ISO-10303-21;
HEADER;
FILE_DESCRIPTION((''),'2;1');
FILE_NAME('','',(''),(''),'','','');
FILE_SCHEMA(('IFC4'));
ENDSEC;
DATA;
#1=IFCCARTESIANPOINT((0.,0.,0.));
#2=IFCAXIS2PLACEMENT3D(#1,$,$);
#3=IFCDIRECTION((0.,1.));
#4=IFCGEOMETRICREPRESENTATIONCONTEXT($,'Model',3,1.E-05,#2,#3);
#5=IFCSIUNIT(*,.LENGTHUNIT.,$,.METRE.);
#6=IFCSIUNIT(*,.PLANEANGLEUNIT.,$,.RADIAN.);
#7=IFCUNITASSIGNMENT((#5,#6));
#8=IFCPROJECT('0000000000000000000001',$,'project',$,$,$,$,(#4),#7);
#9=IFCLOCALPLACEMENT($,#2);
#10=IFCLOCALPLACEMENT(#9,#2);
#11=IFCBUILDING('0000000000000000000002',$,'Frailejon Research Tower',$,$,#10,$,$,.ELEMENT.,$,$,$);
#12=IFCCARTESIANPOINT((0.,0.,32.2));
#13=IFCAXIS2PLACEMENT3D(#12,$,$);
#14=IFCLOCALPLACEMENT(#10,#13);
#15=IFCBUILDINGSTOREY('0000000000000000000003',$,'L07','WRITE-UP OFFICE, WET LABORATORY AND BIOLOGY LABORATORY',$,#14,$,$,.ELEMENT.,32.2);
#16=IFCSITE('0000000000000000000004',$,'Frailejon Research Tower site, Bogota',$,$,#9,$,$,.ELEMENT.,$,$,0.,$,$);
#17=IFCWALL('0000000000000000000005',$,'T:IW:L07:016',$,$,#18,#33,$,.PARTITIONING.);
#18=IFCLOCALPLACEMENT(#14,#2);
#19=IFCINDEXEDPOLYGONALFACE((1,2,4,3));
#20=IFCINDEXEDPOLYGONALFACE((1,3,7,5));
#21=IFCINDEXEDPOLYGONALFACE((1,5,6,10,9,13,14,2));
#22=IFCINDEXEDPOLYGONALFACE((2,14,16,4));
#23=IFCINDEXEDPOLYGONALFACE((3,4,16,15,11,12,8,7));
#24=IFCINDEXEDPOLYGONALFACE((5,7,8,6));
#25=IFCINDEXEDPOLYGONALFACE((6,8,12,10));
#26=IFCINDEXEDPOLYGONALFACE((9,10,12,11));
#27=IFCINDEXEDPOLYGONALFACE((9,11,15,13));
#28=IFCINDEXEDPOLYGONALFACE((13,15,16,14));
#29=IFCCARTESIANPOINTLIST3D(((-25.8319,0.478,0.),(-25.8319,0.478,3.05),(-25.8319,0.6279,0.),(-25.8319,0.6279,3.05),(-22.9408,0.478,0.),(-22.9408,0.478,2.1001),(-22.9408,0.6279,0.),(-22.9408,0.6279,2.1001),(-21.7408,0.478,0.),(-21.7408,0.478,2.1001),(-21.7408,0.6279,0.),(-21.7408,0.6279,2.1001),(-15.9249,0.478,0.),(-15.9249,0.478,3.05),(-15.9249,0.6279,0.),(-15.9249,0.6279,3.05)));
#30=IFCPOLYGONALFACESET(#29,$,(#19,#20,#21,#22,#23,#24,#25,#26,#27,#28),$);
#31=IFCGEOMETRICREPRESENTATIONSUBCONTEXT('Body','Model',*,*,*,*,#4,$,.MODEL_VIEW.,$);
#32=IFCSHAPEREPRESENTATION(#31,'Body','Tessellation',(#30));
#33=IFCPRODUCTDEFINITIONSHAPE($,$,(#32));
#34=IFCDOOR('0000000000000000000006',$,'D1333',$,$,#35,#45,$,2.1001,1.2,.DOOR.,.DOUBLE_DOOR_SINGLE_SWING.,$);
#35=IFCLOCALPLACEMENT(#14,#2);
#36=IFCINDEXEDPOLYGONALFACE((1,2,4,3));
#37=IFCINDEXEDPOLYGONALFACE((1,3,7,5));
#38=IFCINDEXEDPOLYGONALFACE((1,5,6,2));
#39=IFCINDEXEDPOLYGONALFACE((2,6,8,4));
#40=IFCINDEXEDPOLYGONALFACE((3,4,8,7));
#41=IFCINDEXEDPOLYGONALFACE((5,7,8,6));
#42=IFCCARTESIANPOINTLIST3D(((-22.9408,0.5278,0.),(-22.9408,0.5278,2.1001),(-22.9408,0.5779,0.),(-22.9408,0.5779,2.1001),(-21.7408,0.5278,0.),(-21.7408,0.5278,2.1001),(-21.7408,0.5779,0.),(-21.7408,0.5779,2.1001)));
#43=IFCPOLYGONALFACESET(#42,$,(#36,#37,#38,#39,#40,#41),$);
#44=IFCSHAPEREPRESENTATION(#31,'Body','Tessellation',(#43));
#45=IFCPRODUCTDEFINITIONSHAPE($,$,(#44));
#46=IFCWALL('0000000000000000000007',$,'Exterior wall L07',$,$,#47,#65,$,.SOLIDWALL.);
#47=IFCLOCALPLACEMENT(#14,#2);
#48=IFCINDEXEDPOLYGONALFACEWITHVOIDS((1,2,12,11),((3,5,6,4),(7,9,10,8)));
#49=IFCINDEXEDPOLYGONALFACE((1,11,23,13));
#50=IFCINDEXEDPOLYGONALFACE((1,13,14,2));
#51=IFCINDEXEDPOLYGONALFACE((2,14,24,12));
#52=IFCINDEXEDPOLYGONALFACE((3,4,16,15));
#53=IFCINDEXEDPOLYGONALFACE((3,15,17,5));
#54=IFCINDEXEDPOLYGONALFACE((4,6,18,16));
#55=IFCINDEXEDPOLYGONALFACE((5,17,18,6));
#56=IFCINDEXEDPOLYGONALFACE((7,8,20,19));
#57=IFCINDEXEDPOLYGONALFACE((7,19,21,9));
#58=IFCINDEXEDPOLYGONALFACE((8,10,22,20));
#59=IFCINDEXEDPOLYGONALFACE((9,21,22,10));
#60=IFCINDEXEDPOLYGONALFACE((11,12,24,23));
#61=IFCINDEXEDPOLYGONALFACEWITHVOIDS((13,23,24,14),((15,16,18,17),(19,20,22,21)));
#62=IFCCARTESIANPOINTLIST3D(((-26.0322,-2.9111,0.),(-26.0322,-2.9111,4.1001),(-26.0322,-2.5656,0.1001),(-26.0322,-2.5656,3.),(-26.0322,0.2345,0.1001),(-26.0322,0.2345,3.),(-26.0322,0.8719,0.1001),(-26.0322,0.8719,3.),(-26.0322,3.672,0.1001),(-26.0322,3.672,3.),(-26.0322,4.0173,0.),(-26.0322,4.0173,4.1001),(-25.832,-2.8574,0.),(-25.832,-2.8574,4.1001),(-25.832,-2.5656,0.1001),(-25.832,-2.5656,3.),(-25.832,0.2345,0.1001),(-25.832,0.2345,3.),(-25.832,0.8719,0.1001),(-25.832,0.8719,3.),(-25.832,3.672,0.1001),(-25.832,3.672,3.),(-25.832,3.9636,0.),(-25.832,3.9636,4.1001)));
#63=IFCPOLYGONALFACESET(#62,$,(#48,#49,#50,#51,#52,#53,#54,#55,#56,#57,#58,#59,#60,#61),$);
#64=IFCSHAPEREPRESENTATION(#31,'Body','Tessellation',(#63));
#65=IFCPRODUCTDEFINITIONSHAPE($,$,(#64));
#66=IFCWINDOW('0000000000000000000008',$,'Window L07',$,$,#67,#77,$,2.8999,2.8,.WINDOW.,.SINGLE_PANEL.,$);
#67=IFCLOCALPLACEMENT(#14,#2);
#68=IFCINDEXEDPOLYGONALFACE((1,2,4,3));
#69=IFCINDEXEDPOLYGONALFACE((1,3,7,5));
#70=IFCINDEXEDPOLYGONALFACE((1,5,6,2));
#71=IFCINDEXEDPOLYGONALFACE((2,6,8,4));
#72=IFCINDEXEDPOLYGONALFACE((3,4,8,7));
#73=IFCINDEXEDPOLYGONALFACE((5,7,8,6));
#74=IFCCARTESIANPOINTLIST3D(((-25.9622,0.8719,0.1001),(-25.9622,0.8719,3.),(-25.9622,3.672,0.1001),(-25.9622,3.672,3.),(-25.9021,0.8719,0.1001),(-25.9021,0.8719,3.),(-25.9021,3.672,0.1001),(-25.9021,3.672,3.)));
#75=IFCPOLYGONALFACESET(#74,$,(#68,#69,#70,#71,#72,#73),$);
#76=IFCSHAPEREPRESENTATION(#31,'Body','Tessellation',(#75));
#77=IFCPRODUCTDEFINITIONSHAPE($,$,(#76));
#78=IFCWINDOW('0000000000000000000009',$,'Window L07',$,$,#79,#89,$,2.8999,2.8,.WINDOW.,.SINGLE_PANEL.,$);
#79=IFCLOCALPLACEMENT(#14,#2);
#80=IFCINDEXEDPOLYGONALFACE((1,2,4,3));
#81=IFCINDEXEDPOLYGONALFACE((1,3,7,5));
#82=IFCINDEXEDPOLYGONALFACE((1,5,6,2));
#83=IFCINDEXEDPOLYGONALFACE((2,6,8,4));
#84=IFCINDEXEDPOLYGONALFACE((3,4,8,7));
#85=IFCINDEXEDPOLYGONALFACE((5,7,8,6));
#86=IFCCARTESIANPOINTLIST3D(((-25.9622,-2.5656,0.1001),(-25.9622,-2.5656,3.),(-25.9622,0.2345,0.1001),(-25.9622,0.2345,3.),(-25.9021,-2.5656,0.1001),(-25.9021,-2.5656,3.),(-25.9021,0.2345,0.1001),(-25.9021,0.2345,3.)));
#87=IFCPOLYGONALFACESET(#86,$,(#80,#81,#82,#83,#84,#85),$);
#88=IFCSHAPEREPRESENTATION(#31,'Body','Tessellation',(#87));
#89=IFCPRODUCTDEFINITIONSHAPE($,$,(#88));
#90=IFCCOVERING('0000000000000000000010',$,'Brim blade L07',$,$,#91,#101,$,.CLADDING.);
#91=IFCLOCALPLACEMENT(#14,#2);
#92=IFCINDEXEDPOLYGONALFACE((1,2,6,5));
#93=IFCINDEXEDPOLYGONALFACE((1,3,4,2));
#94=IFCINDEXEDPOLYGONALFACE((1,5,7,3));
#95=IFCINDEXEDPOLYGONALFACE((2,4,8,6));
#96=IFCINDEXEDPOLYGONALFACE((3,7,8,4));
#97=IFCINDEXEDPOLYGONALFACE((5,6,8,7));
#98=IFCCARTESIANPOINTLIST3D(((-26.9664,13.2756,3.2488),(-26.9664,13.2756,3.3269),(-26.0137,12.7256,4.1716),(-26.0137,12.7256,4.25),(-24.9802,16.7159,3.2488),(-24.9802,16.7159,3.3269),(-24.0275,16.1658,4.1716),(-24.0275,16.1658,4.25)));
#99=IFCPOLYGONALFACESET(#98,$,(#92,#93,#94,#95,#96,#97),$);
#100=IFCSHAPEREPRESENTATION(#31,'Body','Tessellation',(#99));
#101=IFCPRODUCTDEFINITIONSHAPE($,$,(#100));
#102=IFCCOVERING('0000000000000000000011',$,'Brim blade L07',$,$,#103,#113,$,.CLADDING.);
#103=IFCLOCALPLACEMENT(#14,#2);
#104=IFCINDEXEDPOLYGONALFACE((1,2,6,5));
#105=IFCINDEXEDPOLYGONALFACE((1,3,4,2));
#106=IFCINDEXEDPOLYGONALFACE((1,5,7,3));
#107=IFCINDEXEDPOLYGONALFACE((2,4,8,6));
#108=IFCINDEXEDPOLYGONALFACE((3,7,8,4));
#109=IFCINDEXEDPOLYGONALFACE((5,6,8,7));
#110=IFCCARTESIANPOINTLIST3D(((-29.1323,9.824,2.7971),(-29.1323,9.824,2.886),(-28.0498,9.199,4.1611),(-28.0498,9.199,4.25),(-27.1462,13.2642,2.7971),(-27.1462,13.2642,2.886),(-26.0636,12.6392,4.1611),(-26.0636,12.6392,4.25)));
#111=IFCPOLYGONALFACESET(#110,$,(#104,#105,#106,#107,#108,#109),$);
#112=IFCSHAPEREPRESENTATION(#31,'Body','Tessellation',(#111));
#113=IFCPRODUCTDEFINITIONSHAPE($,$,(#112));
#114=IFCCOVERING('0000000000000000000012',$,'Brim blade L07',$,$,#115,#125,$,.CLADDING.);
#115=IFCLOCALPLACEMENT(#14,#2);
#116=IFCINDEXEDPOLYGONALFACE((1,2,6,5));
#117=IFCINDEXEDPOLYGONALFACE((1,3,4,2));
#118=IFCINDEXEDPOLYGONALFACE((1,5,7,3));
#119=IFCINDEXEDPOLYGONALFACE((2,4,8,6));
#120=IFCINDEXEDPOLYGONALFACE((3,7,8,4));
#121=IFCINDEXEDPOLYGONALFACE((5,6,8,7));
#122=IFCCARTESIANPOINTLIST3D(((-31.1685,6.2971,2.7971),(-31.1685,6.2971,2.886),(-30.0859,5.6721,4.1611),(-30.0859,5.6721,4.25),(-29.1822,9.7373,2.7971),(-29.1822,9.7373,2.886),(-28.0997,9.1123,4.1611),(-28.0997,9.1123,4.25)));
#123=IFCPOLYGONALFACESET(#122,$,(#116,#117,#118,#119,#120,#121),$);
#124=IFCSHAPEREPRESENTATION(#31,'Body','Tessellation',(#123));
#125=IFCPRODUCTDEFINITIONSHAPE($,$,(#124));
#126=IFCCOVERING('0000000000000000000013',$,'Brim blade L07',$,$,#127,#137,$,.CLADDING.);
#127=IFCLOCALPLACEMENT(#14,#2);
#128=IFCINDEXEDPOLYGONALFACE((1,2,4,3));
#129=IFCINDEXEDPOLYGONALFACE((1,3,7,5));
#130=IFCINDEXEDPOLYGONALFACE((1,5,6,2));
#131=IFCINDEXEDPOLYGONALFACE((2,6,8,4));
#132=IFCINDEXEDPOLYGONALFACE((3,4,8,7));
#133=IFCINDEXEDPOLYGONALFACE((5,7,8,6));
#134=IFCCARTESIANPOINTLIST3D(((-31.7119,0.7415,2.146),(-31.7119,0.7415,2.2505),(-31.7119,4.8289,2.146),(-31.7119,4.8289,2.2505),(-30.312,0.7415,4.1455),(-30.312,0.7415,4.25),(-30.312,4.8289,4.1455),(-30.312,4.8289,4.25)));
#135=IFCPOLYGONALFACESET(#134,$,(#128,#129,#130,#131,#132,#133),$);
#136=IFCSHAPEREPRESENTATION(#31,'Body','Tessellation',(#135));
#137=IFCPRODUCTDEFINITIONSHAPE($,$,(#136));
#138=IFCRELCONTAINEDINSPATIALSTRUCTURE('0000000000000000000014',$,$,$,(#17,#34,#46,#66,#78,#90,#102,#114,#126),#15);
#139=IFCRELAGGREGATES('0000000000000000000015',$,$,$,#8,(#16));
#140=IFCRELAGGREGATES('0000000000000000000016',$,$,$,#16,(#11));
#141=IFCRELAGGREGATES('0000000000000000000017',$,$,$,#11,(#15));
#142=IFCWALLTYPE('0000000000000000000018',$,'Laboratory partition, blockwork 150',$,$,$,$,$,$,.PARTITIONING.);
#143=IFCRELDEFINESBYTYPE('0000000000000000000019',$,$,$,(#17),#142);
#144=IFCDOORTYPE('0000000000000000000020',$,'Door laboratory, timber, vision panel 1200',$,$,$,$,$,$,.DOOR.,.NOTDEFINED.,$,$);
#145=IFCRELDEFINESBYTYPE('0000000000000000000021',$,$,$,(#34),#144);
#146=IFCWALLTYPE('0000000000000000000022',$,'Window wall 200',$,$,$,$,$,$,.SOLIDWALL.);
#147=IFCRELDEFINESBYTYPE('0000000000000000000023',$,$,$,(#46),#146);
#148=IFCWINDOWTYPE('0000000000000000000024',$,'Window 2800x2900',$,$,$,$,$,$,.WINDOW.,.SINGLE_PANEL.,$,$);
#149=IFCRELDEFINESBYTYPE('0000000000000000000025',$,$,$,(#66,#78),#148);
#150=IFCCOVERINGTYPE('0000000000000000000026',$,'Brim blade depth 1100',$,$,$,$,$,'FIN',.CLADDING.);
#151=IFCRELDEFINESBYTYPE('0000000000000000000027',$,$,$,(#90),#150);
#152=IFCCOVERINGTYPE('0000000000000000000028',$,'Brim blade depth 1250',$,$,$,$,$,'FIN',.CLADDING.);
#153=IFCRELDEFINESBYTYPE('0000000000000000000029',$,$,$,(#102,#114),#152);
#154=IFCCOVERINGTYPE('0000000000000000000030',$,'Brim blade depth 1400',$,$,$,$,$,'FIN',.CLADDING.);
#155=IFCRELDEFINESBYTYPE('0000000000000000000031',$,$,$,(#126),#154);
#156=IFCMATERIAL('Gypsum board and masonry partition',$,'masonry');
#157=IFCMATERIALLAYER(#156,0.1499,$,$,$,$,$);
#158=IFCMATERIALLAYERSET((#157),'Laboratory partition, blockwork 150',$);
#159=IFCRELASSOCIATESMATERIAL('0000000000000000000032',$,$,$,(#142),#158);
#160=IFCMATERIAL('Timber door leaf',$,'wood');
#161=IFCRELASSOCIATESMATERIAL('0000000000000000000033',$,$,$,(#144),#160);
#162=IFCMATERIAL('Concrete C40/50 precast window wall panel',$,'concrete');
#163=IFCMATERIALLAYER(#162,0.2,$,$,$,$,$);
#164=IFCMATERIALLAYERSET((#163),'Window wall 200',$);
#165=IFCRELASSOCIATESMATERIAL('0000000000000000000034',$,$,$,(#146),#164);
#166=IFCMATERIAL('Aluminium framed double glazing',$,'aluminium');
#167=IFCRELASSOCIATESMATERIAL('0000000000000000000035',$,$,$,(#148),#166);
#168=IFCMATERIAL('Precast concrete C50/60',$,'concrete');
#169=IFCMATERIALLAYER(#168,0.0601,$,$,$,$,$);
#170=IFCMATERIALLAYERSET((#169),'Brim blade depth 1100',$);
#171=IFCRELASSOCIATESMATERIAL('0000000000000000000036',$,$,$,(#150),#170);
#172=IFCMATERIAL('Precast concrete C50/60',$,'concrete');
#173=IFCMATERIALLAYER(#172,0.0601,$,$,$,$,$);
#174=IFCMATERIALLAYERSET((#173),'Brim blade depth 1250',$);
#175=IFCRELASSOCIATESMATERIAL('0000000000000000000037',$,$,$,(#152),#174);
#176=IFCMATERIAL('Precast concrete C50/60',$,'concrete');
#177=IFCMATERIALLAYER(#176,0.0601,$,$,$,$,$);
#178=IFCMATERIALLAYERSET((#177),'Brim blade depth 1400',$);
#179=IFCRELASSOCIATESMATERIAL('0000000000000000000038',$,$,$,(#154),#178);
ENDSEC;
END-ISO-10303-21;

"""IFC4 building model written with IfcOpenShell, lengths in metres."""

from ifc_helpers import new_model, si_unit, direction, frame, frame_2d, origin, place, context, subcontext, project, spatial, polyline, rectangle, outline, extrude, material, layer, layer_set, type_object, element, fill, save


model = new_model("IFC4")

# Units and contexts
model_context = context("Model", 3, precision=1e-05, world=origin(), true_north=direction((0.0, 1.0)))
body_context = subcontext(model_context, "Body", "Model", "MODEL_VIEW")
ifc_project = project(units=[si_unit("LENGTHUNIT", "METRE"), si_unit("PLANEANGLEUNIT", "RADIAN")], contexts=[model_context])

# Site, building, storey
site_placement = place(None, origin())
site = spatial("IfcSite", under=ifc_project, at=site_placement, Name="Frailejon Research Tower site, Bogota", CompositionType="ELEMENT", RefElevation=0.0)
building_placement = place(site_placement, origin())
building = spatial("IfcBuilding", under=site, at=building_placement, Name="Frailejon Research Tower", CompositionType="ELEMENT")
storey_placement = place(building_placement, frame((0.0, 0.0, 32.2)))
storey = spatial("IfcBuildingStorey", under=building, at=storey_placement, Name="L07", Description="WRITE-UP OFFICE, WET LABORATORY AND BIOLOGY LABORATORY", CompositionType="ELEMENT", Elevation=32.2)

# Shared definitions
ifc_material_1 = material(Name="Gypsum board and masonry partition", Category="masonry")
ifc_layer_1 = layer(ifc_material_1, 0.1499)
ifc_layer_set_1 = layer_set([ifc_layer_1], Name="Laboratory partition, blockwork 150")
wall_type_1 = type_object("IfcWallType", Name="Laboratory partition, blockwork 150", PredefinedType="PARTITIONING", material=ifc_layer_set_1)

# Wall, opening, door
wall_1_placement = place(storey_placement, frame((-25.832, 0.553, 0.0), z_axis=(0.0, 0.0, 1.0), x_axis=(1.0, 0.0, 0.0)))
wall_1 = element("IfcWall", 1, at=wall_1_placement, inside=storey, type_object=wall_type_1, Name="T:IW:L07:016", PredefinedType="PARTITIONING", context=body_context, shape_type="SweptSolid", body=[
    extrude(rectangle(XDim=9.907, YDim=0.1499, at=frame_2d((4.9536, 0.0))), origin(), (0.0, 0.0, 1.0), 3.05),
])
opening_1_placement = place(wall_1_placement, frame((2.8911, 0.0, 0.0)))
opening_1 = element("IfcOpeningElement", 2, at=opening_1_placement, cuts=wall_1, PredefinedType="OPENING", context=body_context, shape_type="SweptSolid", body=[
    extrude(rectangle(XDim=1.2, YDim=2.1001, at=frame_2d((0.6001, 1.05))), frame((0.0, 0.085, 0.0), z_axis=(0.0, -1.0, 0.0), x_axis=(1.0, 0.0, 0.0)), (0.0, 0.0, 1.0), 0.1699),
])
ifc_material_2 = material(Name="Timber door leaf", Category="wood")
door_type = type_object("IfcDoorType", Name="Door laboratory, timber, vision panel 1200", OperationType="NOTDEFINED", PredefinedType="DOOR", material=ifc_material_2)
door_placement = place(opening_1_placement, origin())
door = element("IfcDoor", 3, at=door_placement, inside=storey, type_object=door_type, Name="D1333", OperationType="DOUBLE_DOOR_SINGLE_SWING", OverallHeight=2.1001, OverallWidth=1.2, PredefinedType="DOOR", context=body_context, shape_type="SweptSolid", body=[
    extrude(rectangle(XDim=1.2, YDim=2.1001, at=frame_2d((0.6001, 1.05))), frame((0.0, 0.0249, 0.0), z_axis=(0.0, -1.0, 0.0), x_axis=(1.0, 0.0, 0.0)), (0.0, 0.0, 1.0), 0.05),
])
fill(opening_1, door)

# Wall, openings, windows
ifc_material_3 = material(Name="Concrete C40/50 precast window wall panel", Category="concrete")
ifc_layer_2 = layer(ifc_material_3, 0.2)
ifc_layer_set_2 = layer_set([ifc_layer_2], Name="Window wall 200")
wall_type_2 = type_object("IfcWallType", Name="Window wall 200", PredefinedType="SOLIDWALL", material=ifc_layer_set_2)
wall_2_placement = place(storey_placement, frame((-25.9321, 3.9905, 0.0), z_axis=(0.0, 0.0, 1.0), x_axis=(0.0, -1.0, 0.0)))
wall_2 = element("IfcWall", 4, at=wall_2_placement, inside=storey, type_object=wall_type_2, Name="Exterior wall L07", PredefinedType="SOLIDWALL", context=body_context, shape_type="SweptSolid", body=[
    extrude(outline(polyline([(-0.0269, -0.1001), (1.1279, -0.1001), (2.2827, -0.1001), (3.4375, -0.1001), (4.592, -0.1001), (5.7468, -0.1001), (6.9016, -0.1001), (6.8479, 0.1001), (5.7109, 0.1001), (4.5742, 0.1001), (3.4375, 0.1001), (2.3005, 0.1001), (1.1636, 0.1001), (0.0269, 0.1001), (-0.0269, -0.1001)])), origin(), (0.0, 0.0, 1.0), 4.1001),
])
opening_2_placement = place(wall_2_placement, frame((0.3186, 0.0, 0.1001)))
opening_2 = element("IfcOpeningElement", 5, at=opening_2_placement, cuts=wall_2, PredefinedType="OPENING", context=body_context, shape_type="SweptSolid", body=[
    extrude(rectangle(XDim=2.8, YDim=2.8999, at=frame_2d((1.3999, 1.45))), frame((0.0, 0.1099, 0.0), z_axis=(0.0, -1.0, 0.0), x_axis=(1.0, 0.0, 0.0)), (0.0, 0.0, 1.0), 0.22),
])
opening_3_placement = place(wall_2_placement, frame((3.7561, 0.0, 0.1001)))
opening_3 = element("IfcOpeningElement", 6, at=opening_3_placement, cuts=wall_2, PredefinedType="OPENING", context=body_context, shape_type="SweptSolid", body=[
    extrude(rectangle(XDim=2.8, YDim=2.8999, at=frame_2d((1.3999, 1.45))), frame((0.0, 0.1099, 0.0), z_axis=(0.0, -1.0, 0.0), x_axis=(1.0, 0.0, 0.0)), (0.0, 0.0, 1.0), 0.22),
])
ifc_material_4 = material(Name="Aluminium framed double glazing", Category="aluminium")
window_type = type_object("IfcWindowType", Name="Window 2800x2900", PartitioningType="SINGLE_PANEL", PredefinedType="WINDOW", material=ifc_material_4)
window_1_placement = place(opening_2_placement, origin())
window_1 = element("IfcWindow", 7, at=window_1_placement, inside=storey, type_object=window_type, Name="Window L07", OverallHeight=2.8999, OverallWidth=2.8, PartitioningType="SINGLE_PANEL", PredefinedType="WINDOW", context=body_context, shape_type="SweptSolid", body=[
    extrude(rectangle(XDim=2.8, YDim=2.8999, at=frame_2d((1.3999, 1.45))), frame((0.0, 0.03, 0.0), z_axis=(0.0, -1.0, 0.0), x_axis=(1.0, 0.0, 0.0)), (0.0, 0.0, 1.0), 0.0601),
])
fill(opening_2, window_1)
window_2_placement = place(opening_3_placement, origin())
window_2 = element("IfcWindow", 8, at=window_2_placement, inside=storey, type_object=window_type, Name="Window L07", OverallHeight=2.8999, OverallWidth=2.8, PartitioningType="SINGLE_PANEL", PredefinedType="WINDOW", context=body_context, shape_type="SweptSolid", body=[
    extrude(rectangle(XDim=2.8, YDim=2.8999, at=frame_2d((1.3999, 1.45))), frame((0.0, 0.03, 0.0), z_axis=(0.0, -1.0, 0.0), x_axis=(1.0, 0.0, 0.0)), (0.0, 0.0, 1.0), 0.0601),
])
fill(opening_3, window_2)

# Coverings
ifc_material_5 = material(Name="Precast concrete C50/60", Category="concrete")
ifc_layer_3 = layer(ifc_material_5, 0.0601)
ifc_layer_set_3 = layer_set([ifc_layer_3], Name="Brim blade depth 1100")
covering_type_1 = type_object("IfcCoveringType", Name="Brim blade depth 1100", ElementType="FIN", PredefinedType="CLADDING", material=ifc_layer_set_3)
covering_1_placement = place(storey_placement, frame((-26.0137, 12.7256, 4.25), z_axis=(0.499992, 0.86603, 0.0), x_axis=(-0.86603, 0.499992, 0.0)))
element("IfcCovering", 9, at=covering_1_placement, inside=storey, type_object=covering_type_1, Name="Brim blade L07", PredefinedType="CLADDING", context=body_context, shape_type="SweptSolid", body=[
    extrude(outline(polyline([(0.0, -0.0784), (1.1001, -1.0012), (1.1001, -0.9231), (0.0, 0.0), (0.0, -0.0784)])), origin(), (0.0, 0.0, 1.0), 3.9724),
])
ifc_material_6 = material(Name="Precast concrete C50/60", Category="concrete")
ifc_layer_4 = layer(ifc_material_6, 0.0601)
ifc_layer_set_4 = layer_set([ifc_layer_4], Name="Brim blade depth 1250")
covering_type_2 = type_object("IfcCoveringType", Name="Brim blade depth 1250", ElementType="FIN", PredefinedType="CLADDING", material=ifc_layer_set_4)
for number, where, z_axis, x_axis, name in (
    (10, (-28.0498, 9.199, 4.25), (0.499992, 0.86603, 0.0), (-0.86603, 0.499992, 0.0), "Brim blade L07"),
    (11, (-30.0859, 5.6721, 4.25), (0.500011, 0.866019, 0.0), (-0.866019, 0.500011, 0.0), "Brim blade L07"),
):
    element("IfcCovering", number, at=place(storey_placement, frame(where, z_axis=z_axis, x_axis=x_axis)), inside=storey, type_object=covering_type_2, Name=name, PredefinedType="CLADDING", context=body_context, shape_type="SweptSolid", body=[
        extrude(outline(polyline([(0.0, -0.0889), (1.25, -1.4529), (1.25, -1.364), (0.0, 0.0), (0.0, -0.0889)])), origin(), (0.0, 0.0, 1.0), 3.9724),
    ])
ifc_material_7 = material(Name="Precast concrete C50/60", Category="concrete")
ifc_layer_5 = layer(ifc_material_7, 0.0601)
ifc_layer_set_5 = layer_set([ifc_layer_5], Name="Brim blade depth 1400")
covering_type_3 = type_object("IfcCoveringType", Name="Brim blade depth 1400", ElementType="FIN", PredefinedType="CLADDING", material=ifc_layer_set_5)
covering_2_placement = place(storey_placement, frame((-30.312, 0.7415, 4.25), z_axis=(0.0, 1.0, 0.0), x_axis=(-1.0, 0.0, 0.0)))
element("IfcCovering", 12, at=covering_2_placement, inside=storey, type_object=covering_type_3, Name="Brim blade L07", PredefinedType="CLADDING", context=body_context, shape_type="SweptSolid", body=[
    extrude(outline(polyline([(0.0, -0.1045), (1.3999, -2.104), (1.3999, -1.9995), (0.0, 0.0), (0.0, -0.1045)])), origin(), (0.0, 0.0, 1.0), 4.0874),
])

save(model, "model.ifc")
